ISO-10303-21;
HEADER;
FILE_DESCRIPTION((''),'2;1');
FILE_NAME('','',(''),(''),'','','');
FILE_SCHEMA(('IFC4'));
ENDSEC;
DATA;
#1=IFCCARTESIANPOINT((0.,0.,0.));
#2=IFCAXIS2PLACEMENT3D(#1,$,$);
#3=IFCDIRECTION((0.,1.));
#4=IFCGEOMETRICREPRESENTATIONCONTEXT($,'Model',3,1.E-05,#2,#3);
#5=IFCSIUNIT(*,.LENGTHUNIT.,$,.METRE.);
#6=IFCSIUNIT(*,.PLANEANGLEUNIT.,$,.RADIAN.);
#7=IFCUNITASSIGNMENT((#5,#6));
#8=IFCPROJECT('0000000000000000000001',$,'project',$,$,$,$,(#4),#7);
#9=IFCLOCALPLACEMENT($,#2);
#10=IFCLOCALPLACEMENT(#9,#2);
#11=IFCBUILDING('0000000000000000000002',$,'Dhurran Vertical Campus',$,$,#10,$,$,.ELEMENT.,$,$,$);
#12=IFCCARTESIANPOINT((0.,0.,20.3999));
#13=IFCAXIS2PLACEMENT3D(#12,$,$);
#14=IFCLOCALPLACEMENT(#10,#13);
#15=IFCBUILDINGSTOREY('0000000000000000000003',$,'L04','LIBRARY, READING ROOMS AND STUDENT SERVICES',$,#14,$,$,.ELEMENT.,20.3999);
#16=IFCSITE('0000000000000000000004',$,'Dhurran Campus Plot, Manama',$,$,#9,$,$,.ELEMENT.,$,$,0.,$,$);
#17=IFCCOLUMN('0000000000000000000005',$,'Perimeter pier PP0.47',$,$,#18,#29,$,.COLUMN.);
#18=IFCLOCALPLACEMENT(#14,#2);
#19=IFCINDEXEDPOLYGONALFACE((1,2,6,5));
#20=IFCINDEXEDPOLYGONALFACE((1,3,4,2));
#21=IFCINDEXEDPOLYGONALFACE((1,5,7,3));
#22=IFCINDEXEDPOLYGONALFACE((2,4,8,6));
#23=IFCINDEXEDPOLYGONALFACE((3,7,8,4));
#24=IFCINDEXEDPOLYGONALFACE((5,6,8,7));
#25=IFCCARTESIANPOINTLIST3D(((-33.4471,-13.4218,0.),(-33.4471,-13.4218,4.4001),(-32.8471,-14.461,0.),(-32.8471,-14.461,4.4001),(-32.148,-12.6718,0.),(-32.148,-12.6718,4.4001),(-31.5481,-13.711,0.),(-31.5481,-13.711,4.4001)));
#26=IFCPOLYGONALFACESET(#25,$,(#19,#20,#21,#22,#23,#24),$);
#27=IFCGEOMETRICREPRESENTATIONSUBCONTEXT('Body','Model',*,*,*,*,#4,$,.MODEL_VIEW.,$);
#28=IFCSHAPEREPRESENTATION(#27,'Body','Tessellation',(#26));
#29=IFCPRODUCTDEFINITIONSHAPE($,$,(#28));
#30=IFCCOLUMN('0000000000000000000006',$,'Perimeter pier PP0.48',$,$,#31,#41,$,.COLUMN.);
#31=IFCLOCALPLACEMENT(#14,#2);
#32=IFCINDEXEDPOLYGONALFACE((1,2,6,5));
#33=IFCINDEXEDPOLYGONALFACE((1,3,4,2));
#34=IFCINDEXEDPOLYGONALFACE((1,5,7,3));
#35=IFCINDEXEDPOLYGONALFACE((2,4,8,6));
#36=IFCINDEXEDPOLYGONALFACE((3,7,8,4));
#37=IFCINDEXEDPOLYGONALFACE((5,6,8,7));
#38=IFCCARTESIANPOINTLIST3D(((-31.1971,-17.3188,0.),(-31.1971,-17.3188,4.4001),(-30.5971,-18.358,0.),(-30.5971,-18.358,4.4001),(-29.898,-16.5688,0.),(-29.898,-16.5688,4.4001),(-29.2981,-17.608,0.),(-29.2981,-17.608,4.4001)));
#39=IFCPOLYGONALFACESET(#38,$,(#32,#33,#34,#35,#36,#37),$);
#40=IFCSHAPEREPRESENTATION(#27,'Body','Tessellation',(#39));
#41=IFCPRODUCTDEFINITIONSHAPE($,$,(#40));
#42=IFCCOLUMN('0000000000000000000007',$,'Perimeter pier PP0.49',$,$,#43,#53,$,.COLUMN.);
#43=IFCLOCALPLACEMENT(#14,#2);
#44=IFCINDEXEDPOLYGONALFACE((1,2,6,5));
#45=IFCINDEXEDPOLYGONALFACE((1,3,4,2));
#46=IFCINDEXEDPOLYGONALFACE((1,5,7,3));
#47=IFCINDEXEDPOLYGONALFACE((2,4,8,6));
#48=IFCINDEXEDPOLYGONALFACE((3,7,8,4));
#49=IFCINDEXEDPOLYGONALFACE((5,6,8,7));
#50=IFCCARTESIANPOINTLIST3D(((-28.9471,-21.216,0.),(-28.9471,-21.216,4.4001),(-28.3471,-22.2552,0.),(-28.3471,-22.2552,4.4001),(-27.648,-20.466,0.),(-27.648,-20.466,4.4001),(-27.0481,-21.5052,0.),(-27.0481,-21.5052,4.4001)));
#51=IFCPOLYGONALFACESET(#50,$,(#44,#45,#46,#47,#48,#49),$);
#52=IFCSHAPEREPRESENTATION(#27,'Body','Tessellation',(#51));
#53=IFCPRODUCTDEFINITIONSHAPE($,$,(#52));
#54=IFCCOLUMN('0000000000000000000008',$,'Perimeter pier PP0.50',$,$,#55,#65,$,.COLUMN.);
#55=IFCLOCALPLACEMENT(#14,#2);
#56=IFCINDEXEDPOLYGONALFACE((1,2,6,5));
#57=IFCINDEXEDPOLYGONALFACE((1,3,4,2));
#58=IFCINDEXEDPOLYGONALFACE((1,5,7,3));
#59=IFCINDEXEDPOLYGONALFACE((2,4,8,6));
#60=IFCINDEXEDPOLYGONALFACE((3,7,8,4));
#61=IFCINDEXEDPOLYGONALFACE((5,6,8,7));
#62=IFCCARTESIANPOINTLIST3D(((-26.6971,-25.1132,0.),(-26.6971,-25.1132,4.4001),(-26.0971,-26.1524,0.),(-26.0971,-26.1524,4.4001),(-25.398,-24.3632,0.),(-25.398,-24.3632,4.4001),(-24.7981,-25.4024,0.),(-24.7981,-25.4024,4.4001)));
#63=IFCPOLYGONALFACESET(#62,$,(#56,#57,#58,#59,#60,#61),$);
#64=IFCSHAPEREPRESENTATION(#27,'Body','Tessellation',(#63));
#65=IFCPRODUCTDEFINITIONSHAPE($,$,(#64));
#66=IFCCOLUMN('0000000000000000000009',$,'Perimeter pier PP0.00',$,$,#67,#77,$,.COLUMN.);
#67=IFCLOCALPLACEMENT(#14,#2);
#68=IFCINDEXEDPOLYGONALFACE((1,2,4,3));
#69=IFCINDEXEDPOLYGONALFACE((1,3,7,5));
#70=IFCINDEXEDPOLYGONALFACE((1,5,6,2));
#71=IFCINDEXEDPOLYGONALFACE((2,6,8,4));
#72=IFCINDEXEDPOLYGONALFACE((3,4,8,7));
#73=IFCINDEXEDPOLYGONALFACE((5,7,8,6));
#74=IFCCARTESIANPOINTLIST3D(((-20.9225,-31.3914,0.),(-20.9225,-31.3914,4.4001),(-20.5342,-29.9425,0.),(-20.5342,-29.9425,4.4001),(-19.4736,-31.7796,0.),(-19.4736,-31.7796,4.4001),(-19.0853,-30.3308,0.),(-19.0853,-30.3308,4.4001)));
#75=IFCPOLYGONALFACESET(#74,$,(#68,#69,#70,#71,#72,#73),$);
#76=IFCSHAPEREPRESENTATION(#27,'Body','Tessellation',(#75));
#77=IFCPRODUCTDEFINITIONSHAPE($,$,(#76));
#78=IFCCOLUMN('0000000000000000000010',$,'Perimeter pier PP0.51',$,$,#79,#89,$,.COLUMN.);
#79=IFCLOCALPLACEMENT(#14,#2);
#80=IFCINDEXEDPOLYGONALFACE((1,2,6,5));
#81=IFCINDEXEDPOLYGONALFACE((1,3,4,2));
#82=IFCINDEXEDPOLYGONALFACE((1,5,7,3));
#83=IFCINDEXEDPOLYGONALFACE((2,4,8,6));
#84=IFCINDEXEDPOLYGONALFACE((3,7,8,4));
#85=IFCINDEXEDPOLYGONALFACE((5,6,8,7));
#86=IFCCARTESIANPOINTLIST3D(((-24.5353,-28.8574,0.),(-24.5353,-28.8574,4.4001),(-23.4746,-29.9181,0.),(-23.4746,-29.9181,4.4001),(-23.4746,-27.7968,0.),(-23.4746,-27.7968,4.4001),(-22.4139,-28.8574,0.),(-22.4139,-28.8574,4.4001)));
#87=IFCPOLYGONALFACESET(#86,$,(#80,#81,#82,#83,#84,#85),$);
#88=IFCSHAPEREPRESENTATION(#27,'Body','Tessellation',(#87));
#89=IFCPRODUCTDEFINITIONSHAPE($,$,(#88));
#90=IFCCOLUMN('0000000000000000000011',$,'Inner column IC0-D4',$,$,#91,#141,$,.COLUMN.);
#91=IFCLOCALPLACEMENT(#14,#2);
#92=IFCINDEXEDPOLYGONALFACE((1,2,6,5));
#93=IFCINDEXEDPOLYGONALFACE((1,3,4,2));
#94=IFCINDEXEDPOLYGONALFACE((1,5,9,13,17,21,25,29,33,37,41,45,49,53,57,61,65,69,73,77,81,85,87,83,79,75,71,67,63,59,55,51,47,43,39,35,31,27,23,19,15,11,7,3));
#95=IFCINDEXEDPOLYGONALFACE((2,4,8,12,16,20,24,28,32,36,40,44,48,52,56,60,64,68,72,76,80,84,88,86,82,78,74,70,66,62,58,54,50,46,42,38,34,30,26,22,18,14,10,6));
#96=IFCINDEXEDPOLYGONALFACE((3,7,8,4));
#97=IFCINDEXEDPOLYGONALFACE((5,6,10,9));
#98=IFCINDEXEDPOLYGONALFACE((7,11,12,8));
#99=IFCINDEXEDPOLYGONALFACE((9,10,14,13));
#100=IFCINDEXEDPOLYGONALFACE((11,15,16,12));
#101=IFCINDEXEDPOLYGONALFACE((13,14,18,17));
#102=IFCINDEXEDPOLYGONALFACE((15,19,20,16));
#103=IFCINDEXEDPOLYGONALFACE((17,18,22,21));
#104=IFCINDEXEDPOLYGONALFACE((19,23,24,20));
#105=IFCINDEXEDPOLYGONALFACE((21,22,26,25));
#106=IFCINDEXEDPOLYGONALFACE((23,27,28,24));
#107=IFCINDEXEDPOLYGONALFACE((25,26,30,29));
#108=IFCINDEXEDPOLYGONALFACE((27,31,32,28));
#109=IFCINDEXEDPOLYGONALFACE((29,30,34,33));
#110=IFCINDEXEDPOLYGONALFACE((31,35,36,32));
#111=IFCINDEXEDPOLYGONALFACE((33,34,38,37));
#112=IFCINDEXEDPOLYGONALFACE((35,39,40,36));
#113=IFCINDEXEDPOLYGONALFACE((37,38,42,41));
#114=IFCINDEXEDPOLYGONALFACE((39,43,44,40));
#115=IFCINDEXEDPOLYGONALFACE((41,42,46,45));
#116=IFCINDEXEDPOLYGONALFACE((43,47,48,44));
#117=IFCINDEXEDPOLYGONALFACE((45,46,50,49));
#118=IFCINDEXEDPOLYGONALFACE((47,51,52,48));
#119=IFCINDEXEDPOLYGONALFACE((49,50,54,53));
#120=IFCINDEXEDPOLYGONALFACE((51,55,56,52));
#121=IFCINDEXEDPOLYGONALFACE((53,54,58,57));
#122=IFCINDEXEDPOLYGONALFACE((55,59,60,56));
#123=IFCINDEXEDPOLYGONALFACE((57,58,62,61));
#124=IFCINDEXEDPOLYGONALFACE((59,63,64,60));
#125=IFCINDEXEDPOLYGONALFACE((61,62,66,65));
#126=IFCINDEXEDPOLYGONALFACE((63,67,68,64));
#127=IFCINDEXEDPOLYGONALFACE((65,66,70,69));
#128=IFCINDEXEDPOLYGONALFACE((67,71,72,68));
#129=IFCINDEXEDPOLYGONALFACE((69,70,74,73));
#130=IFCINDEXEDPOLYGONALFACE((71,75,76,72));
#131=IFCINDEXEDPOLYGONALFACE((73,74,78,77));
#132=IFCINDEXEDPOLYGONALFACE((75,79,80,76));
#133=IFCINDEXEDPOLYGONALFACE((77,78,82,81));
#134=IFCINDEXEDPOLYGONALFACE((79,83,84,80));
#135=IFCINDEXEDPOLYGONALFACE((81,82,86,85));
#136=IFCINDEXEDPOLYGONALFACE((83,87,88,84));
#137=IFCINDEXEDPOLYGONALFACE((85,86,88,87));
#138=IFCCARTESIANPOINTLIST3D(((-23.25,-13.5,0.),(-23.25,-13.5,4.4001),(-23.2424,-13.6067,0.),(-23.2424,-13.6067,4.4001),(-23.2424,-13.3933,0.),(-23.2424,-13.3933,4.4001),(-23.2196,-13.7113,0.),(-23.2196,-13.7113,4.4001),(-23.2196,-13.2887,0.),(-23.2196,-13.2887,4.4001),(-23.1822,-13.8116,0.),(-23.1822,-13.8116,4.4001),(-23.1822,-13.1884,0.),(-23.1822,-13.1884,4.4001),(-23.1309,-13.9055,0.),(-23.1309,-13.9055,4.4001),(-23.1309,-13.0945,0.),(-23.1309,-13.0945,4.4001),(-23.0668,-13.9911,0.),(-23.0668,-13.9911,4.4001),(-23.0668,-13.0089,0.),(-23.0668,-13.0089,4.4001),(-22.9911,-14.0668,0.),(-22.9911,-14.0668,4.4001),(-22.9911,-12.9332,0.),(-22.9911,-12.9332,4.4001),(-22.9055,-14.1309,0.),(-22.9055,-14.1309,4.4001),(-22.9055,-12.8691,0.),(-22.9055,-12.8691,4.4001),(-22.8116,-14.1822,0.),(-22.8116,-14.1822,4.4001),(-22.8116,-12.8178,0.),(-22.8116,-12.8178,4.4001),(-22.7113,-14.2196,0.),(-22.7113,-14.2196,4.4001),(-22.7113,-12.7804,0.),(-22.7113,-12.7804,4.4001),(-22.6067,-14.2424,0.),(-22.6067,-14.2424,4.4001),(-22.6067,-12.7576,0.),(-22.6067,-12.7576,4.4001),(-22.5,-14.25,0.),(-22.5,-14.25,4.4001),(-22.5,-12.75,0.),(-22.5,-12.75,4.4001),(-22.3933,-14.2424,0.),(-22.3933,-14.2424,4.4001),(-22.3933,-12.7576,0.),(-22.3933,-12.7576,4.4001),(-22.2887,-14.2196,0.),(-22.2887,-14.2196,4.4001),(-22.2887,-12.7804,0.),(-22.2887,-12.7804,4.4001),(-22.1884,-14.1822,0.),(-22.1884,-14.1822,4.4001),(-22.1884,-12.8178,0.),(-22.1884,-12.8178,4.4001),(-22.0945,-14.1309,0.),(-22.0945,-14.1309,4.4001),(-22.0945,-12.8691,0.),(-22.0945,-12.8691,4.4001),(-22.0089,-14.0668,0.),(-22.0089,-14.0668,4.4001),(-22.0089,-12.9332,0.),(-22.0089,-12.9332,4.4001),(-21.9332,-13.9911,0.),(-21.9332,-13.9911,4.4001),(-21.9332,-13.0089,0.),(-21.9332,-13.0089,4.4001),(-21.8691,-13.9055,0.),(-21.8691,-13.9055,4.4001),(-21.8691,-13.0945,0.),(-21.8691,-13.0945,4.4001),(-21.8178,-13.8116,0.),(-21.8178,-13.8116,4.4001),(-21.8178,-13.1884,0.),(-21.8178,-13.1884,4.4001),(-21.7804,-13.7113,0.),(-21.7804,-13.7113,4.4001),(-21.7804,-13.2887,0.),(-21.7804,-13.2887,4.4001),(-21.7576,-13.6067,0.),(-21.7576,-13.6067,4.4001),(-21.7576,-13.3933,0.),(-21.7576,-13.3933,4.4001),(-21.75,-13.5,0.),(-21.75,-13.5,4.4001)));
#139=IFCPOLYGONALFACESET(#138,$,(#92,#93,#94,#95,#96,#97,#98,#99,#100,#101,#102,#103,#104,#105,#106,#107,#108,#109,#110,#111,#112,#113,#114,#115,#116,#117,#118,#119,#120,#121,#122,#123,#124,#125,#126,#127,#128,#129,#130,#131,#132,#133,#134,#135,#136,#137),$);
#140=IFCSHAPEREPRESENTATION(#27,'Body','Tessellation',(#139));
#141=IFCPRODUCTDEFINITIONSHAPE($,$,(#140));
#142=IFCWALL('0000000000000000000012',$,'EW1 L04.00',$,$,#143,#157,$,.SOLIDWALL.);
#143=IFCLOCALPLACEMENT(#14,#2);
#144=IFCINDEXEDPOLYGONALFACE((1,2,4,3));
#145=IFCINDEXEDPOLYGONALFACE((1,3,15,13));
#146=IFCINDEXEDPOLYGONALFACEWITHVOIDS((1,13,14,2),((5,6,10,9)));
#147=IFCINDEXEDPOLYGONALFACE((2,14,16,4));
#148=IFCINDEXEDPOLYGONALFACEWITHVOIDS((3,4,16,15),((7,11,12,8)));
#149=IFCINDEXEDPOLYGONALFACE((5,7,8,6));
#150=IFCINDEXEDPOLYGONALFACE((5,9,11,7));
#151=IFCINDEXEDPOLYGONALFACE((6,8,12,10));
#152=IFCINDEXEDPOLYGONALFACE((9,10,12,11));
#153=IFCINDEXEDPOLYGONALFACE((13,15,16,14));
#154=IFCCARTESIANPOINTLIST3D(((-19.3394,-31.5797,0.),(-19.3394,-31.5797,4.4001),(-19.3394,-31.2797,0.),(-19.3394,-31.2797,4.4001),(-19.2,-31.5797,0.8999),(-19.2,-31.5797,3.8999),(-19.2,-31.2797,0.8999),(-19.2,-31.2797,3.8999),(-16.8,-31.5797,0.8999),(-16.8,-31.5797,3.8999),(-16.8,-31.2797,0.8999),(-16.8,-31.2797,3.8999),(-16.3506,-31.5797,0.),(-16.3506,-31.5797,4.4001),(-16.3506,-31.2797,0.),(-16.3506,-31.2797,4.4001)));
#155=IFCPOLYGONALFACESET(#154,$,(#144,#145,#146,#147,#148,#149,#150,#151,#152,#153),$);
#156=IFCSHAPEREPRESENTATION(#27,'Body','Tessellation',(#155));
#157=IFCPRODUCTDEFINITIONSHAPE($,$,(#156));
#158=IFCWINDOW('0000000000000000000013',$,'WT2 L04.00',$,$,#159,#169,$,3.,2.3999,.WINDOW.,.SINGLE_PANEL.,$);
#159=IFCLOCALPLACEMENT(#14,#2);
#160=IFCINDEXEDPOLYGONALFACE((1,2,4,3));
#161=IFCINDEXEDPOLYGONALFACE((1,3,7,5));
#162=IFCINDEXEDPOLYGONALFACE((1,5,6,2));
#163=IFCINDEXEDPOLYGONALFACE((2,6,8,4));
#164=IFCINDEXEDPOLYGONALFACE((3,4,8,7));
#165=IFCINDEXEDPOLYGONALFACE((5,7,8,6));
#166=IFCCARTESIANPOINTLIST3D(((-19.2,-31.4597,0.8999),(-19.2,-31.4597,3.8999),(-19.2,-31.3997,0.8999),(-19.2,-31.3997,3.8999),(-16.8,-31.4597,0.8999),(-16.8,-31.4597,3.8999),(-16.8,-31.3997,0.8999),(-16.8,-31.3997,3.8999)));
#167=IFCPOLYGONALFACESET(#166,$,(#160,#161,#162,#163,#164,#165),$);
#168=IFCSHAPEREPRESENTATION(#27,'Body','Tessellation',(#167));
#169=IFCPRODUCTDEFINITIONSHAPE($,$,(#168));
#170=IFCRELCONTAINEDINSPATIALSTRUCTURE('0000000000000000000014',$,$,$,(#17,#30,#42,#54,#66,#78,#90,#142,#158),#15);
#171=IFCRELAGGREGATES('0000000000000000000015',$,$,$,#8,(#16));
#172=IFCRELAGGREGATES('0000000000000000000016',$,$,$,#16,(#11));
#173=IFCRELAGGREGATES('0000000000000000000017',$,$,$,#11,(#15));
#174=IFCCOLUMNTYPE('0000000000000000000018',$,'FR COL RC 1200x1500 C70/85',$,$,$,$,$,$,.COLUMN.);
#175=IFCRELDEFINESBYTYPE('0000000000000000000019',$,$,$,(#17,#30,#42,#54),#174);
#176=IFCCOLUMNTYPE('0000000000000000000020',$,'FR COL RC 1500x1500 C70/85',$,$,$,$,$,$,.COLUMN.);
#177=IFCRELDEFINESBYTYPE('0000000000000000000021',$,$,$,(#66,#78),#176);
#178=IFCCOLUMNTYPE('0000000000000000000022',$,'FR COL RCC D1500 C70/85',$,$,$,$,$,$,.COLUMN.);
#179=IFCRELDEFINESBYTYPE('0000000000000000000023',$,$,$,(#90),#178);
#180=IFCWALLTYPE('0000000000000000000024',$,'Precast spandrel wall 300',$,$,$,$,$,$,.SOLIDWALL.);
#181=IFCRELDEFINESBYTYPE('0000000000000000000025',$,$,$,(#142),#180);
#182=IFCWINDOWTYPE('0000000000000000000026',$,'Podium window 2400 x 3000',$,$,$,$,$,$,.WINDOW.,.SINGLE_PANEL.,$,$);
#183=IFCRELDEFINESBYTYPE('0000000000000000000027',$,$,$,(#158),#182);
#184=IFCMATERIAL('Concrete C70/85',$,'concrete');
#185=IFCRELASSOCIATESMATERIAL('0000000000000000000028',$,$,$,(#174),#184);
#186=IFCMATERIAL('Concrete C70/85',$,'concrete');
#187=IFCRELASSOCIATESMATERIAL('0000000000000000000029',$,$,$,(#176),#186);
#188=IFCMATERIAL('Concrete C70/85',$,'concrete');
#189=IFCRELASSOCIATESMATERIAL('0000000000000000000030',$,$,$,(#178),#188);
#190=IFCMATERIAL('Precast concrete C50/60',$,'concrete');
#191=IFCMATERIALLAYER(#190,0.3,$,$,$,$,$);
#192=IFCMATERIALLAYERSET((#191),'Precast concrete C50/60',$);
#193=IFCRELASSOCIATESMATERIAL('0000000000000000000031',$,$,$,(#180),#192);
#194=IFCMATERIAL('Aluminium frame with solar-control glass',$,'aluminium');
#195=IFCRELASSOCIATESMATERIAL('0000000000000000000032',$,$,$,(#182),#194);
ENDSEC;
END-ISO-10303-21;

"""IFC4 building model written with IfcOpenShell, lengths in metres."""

from ifc_helpers import new_model, si_unit, direction, frame, frame_2d, origin, origin_2d, place, context, subcontext, project, spatial, rectangle, circle, extrude, material, layer, layer_set, material_profile, profile_set, type_object, element, fill, save


model = new_model("IFC4")

# Units and contexts
model_context = context("Model", 3, precision=1e-05, world=origin(), true_north=direction((0.0, 1.0)))
body_context = subcontext(model_context, "Body", "Model", "MODEL_VIEW")
ifc_project = project(units=[si_unit("LENGTHUNIT", "METRE"), si_unit("PLANEANGLEUNIT", "RADIAN")], contexts=[model_context])

# Site, building, storey
site_placement = place(None, origin())
site = spatial("IfcSite", under=ifc_project, at=site_placement, Name="Dhurran Campus Plot, Manama", CompositionType="ELEMENT", RefElevation=0.0)
building_placement = place(site_placement, origin())
building = spatial("IfcBuilding", under=site, at=building_placement, Name="Dhurran Vertical Campus", CompositionType="ELEMENT")
storey_placement = place(building_placement, frame((0.0, 0.0, 20.3999)))
storey = spatial("IfcBuildingStorey", under=building, at=storey_placement, Name="L04", Description="LIBRARY, READING ROOMS AND STUDENT SERVICES", CompositionType="ELEMENT", Elevation=20.3999)

# Columns
ifc_material_1 = material(Name="Concrete C70/85", Category="concrete")
ifc_material_profile_1 = material_profile(ifc_material_1, rectangle(XDim=1.2, YDim=1.5, at=origin_2d()), Name="RC 1200x1500")
ifc_profile_set_1 = profile_set([ifc_material_profile_1], Name="Concrete C70/85")
column_type_1 = type_object("IfcColumnType", Name="FR COL RC 1200x1500 C70/85", PredefinedType="COLUMN", material=ifc_profile_set_1)
for number, where, z_axis, x_axis, name in (
    (1, (-32.4976, -13.5664, 0.0), (0.0, 0.0, 1.0), (0.5, -0.866025, 0.0), "Perimeter pier PP0.47"),
    (2, (-30.2476, -17.4634, 0.0), (0.0, 0.0, 1.0), (0.5, -0.866025, 0.0), "Perimeter pier PP0.48"),
    (3, (-27.9976, -21.3606, 0.0), (0.0, 0.0, 1.0), (0.5, -0.866025, 0.0), "Perimeter pier PP0.49"),
    (4, (-25.7476, -25.2578, 0.0), (0.0, 0.0, 1.0), (0.5, -0.866025, 0.0), "Perimeter pier PP0.50"),
):
    element("IfcColumn", number, at=place(storey_placement, frame(where, z_axis=z_axis, x_axis=x_axis)), inside=storey, type_object=column_type_1, Name=name, PredefinedType="COLUMN", context=body_context, shape_type="SweptSolid", body=[
        extrude(rectangle(XDim=1.2, YDim=1.5, at=origin_2d()), origin(), (0.0, 0.0, 1.0), 4.4001),
    ])
ifc_material_2 = material(Name="Concrete C70/85", Category="concrete")
ifc_material_profile_2 = material_profile(ifc_material_2, rectangle(XDim=1.5, YDim=1.5, at=origin_2d()), Name="RC 1500x1500")
ifc_profile_set_2 = profile_set([ifc_material_profile_2], Name="Concrete C70/85")
column_type_2 = type_object("IfcColumnType", Name="FR COL RC 1500x1500 C70/85", PredefinedType="COLUMN", material=ifc_profile_set_2)
for number, where, z_axis, x_axis, name in (
    (5, (-20.0039, -30.8611, 0.0), (0.0, 0.0, 1.0), (0.965926, -0.258819, 0.0), "Perimeter pier PP0.00"),
    (6, (-23.4746, -28.8574, 0.0), (0.0, 0.0, 1.0), (0.707107, -0.707107, 0.0), "Perimeter pier PP0.51"),
):
    element("IfcColumn", number, at=place(storey_placement, frame(where, z_axis=z_axis, x_axis=x_axis)), inside=storey, type_object=column_type_2, Name=name, PredefinedType="COLUMN", context=body_context, shape_type="SweptSolid", body=[
        extrude(rectangle(XDim=1.5, YDim=1.5, at=origin_2d()), origin(), (0.0, 0.0, 1.0), 4.4001),
    ])
ifc_material_3 = material(Name="Concrete C70/85", Category="concrete")
ifc_material_profile_3 = material_profile(ifc_material_3, circle(Radius=0.75, at=origin_2d()), Name="RCC D1500")
ifc_profile_set_3 = profile_set([ifc_material_profile_3], Name="Concrete C70/85")
column_type_3 = type_object("IfcColumnType", Name="FR COL RCC D1500 C70/85", PredefinedType="COLUMN", material=ifc_profile_set_3)
column_placement = place(storey_placement, frame((-22.5, -13.5, 0.0), z_axis=(0.0, 0.0, 1.0), x_axis=(1.0, 0.0, 0.0)))
element("IfcColumn", 7, at=column_placement, inside=storey, type_object=column_type_3, Name="Inner column IC0-D4", PredefinedType="COLUMN", context=body_context, shape_type="SweptSolid", body=[
    extrude(circle(Radius=0.75, at=origin_2d()), origin(), (0.0, 0.0, 1.0), 4.4001),
])

# Wall, opening, window
ifc_material_4 = material(Name="Precast concrete C50/60", Category="concrete")
ifc_layer_1 = layer(ifc_material_4, 0.3)
ifc_layer_set_1 = layer_set([ifc_layer_1], Name="Precast concrete C50/60")
wall_type_1 = type_object("IfcWallType", Name="Precast spandrel wall 300", PredefinedType="SOLIDWALL", material=ifc_layer_set_1)
wall_1_placement = place(storey_placement, frame((-19.3394, -31.4297, 0.0), z_axis=(0.0, 0.0, 1.0), x_axis=(1.0, 0.0, 0.0)))
wall_1 = element("IfcWall", 8, at=wall_1_placement, inside=storey, type_object=wall_type_1, Name="EW1 L04.00", PredefinedType="SOLIDWALL", context=body_context, shape_type="SweptSolid", body=[
    extrude(rectangle(XDim=2.9888, YDim=0.3, at=frame_2d((1.4944, 0.0))), origin(), (0.0, 0.0, 1.0), 4.4001),
])
opening_1_placement = place(wall_1_placement, frame((0.1394, 0.0, 0.8999)))
opening_1 = element("IfcOpeningElement", 9, at=opening_1_placement, cuts=wall_1, PredefinedType="OPENING", context=body_context, shape_type="SweptSolid", body=[
    extrude(rectangle(XDim=2.3999, YDim=3.0, at=frame_2d((1.2, 1.5))), frame((0.0, 0.1599, 0.0), z_axis=(0.0, -1.0, 0.0), x_axis=(1.0, 0.0, 0.0)), (0.0, 0.0, 1.0), 0.3201),
])
ifc_material_5 = material(Name="Aluminium frame with solar-control glass", Category="aluminium")
window_type = type_object("IfcWindowType", Name="Podium window 2400 x 3000", PartitioningType="SINGLE_PANEL", PredefinedType="WINDOW", material=ifc_material_5)
window_1_placement = place(opening_1_placement, origin())
window_1 = element("IfcWindow", 10, at=window_1_placement, inside=storey, type_object=window_type, Name="WT2 L04.00", OverallHeight=3.0, OverallWidth=2.3999, PartitioningType="SINGLE_PANEL", PredefinedType="WINDOW", context=body_context, shape_type="SweptSolid", body=[
    extrude(rectangle(XDim=2.3999, YDim=3.0, at=frame_2d((1.2, 1.5))), frame((0.0, 0.03, 0.0), z_axis=(0.0, -1.0, 0.0), x_axis=(1.0, 0.0, 0.0)), (0.0, 0.0, 1.0), 0.0601),
])
fill(opening_1, window_1)

save(model, "model.ifc")
